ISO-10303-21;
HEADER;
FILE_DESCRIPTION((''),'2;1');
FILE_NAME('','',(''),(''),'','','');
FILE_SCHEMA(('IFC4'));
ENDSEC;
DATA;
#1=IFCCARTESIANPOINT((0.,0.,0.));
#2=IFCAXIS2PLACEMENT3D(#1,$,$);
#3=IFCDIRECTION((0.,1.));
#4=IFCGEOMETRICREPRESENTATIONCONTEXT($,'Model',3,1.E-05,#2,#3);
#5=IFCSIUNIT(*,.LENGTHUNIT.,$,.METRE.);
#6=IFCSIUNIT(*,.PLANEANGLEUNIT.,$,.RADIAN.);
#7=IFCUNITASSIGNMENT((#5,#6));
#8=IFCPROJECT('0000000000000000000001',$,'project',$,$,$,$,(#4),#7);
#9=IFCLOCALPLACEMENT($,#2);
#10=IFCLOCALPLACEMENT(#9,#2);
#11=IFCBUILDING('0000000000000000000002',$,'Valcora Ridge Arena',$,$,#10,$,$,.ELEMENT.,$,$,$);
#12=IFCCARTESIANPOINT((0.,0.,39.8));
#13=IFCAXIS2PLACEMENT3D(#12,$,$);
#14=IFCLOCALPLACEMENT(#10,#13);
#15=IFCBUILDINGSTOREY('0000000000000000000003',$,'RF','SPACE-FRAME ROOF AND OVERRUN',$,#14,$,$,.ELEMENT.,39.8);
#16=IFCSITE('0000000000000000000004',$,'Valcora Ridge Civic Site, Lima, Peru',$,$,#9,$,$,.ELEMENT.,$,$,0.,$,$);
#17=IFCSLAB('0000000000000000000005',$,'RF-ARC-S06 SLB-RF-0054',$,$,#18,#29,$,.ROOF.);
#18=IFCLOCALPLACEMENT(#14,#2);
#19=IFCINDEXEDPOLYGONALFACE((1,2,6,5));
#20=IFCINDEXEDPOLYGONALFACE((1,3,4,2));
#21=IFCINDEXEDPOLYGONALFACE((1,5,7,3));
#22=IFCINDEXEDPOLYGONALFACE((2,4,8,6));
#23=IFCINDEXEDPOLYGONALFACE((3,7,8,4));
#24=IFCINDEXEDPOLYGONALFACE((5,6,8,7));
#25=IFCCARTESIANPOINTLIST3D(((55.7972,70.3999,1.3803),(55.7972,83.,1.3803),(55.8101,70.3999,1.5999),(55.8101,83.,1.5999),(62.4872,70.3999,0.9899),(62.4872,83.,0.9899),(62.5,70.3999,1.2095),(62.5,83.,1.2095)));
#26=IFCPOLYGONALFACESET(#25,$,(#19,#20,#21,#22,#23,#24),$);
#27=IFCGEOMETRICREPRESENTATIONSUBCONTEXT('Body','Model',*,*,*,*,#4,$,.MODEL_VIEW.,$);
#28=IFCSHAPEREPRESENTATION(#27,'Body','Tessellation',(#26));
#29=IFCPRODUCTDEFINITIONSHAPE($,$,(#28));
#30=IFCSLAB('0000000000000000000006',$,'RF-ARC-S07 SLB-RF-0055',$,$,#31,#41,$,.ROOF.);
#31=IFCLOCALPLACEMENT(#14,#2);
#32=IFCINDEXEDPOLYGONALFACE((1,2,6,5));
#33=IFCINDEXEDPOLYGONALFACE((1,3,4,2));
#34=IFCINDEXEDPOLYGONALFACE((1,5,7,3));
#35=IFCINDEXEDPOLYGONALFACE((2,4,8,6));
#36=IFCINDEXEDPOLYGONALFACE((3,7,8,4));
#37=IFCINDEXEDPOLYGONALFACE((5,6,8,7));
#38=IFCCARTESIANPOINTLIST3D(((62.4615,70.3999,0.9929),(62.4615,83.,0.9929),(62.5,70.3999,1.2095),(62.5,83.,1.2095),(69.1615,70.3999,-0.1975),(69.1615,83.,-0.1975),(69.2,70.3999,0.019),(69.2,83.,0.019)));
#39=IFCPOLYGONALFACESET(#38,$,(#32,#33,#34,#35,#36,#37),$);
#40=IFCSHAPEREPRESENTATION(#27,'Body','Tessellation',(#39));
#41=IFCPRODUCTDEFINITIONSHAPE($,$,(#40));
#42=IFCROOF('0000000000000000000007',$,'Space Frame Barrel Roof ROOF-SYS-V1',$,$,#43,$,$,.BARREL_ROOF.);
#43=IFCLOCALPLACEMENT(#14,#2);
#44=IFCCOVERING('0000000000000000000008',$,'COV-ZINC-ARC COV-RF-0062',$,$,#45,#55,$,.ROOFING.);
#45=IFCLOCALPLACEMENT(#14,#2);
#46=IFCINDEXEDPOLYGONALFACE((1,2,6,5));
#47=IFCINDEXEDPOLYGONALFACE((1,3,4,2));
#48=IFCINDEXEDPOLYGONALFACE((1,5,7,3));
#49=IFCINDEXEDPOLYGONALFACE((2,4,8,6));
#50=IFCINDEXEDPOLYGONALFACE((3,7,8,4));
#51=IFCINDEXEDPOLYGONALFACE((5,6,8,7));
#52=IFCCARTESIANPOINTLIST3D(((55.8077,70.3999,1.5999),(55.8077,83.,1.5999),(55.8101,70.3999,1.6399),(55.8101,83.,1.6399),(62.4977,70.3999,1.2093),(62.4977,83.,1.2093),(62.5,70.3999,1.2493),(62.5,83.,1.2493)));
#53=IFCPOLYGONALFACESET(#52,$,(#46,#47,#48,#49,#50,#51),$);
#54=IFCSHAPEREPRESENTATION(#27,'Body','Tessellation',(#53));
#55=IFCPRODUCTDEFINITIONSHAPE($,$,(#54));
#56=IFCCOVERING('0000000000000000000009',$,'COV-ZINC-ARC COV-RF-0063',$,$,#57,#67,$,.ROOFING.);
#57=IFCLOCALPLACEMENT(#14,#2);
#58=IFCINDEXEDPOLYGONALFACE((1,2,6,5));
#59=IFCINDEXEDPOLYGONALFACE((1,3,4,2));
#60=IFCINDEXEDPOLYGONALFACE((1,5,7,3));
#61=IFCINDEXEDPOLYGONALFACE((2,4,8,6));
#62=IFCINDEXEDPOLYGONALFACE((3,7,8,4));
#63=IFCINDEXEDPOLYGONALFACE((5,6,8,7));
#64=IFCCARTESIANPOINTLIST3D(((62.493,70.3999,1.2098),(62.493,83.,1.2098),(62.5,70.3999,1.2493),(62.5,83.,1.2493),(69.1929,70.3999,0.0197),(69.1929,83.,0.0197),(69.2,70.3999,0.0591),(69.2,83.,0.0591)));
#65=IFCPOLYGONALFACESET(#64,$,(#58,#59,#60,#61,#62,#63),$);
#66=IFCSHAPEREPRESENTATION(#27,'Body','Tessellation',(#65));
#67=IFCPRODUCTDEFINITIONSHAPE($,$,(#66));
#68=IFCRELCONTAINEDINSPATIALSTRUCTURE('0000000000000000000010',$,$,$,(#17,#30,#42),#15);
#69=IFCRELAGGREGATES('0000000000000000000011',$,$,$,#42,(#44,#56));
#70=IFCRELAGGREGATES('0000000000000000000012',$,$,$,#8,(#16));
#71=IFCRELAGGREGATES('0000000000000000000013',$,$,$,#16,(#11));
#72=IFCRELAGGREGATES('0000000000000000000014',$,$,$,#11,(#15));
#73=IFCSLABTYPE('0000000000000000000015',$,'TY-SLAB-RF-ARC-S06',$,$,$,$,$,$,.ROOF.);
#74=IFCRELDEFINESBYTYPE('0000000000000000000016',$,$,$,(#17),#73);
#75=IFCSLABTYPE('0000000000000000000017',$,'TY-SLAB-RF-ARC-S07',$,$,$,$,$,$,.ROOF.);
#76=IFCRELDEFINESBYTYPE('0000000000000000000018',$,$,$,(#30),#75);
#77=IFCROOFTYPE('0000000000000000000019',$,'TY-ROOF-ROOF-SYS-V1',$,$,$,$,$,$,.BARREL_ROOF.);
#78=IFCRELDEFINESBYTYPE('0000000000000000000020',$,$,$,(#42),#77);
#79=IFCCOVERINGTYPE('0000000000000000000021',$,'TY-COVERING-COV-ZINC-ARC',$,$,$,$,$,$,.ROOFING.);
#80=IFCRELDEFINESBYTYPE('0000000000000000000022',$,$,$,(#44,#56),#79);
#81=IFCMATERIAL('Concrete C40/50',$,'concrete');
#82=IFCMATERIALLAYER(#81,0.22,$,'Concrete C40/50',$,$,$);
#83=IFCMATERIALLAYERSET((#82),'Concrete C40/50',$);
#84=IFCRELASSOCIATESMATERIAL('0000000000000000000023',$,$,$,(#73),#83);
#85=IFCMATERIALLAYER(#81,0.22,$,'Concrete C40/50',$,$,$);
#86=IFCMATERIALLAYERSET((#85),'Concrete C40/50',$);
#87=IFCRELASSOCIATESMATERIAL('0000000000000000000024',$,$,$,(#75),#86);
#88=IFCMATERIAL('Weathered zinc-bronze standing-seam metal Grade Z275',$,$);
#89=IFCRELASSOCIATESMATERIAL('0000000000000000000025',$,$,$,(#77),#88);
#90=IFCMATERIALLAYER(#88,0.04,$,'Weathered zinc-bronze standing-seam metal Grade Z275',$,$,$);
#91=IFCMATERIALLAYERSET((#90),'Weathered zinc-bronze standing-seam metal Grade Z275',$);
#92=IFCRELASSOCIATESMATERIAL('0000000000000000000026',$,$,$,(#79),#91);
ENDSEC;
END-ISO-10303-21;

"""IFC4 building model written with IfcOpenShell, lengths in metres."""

from ifc_helpers import new_model, si_unit, direction, frame, origin, place, context, subcontext, project, spatial, polyline, outline, extrude, material, layer, layer_set, type_object, element, aggregate, save


model = new_model("IFC4")

# Units and contexts
model_context = context("Model", 3, precision=1e-05, world=origin(), true_north=direction((0.0, 1.0)))
body_context = subcontext(model_context, "Body", "Model", "MODEL_VIEW")
ifc_project = project(units=[si_unit("LENGTHUNIT", "METRE"), si_unit("PLANEANGLEUNIT", "RADIAN")], contexts=[model_context])

# Site, building, storey
site_placement = place(None, origin())
site = spatial("IfcSite", under=ifc_project, at=site_placement, Name="Valcora Ridge Civic Site, Lima, Peru", CompositionType="ELEMENT", RefElevation=0.0)
building_placement = place(site_placement, origin())
building = spatial("IfcBuilding", under=site, at=building_placement, Name="Valcora Ridge Arena", CompositionType="ELEMENT")
storey_placement = place(building_placement, frame((0.0, 0.0, 39.8)))
storey = spatial("IfcBuildingStorey", under=building, at=storey_placement, Name="RF", Description="SPACE-FRAME ROOF AND OVERRUN", CompositionType="ELEMENT", Elevation=39.8)

# Slabs
ifc_material_1 = material(Name="Concrete C40/50", Category="concrete")
ifc_layer_1 = layer(ifc_material_1, 0.22, Name="Concrete C40/50")
ifc_layer_set_1 = layer_set([ifc_layer_1], Name="Concrete C40/50")
slab_type_1 = type_object("IfcSlabType", Name="TY-SLAB-RF-ARC-S06", PredefinedType="ROOF", material=ifc_layer_set_1)
slab_1_placement = place(storey_placement, frame((55.8101, 70.3999, 1.5999), z_axis=(0.058254, 0.0, 0.998302), x_axis=(0.998302, 0.0, -0.058254)))
element("IfcSlab", 1, at=slab_1_placement, inside=storey, type_object=slab_type_1, Name="RF-ARC-S06 SLB-RF-0054", PredefinedType="ROOF", context=body_context, shape_type="SweptSolid", body=[
    extrude(outline(polyline([(0.0, 0.0), (6.7013, 0.0), (6.7013, 12.6001), (0.0, 12.6001), (0.0, 0.0)])), origin(), (0.0, 0.0, -1.0), 0.22),
])
ifc_layer_2 = layer(ifc_material_1, 0.22, Name="Concrete C40/50")
ifc_layer_set_2 = layer_set([ifc_layer_2], Name="Concrete C40/50")
slab_type_2 = type_object("IfcSlabType", Name="TY-SLAB-RF-ARC-S07", PredefinedType="ROOF", material=ifc_layer_set_2)
slab_2_placement = place(storey_placement, frame((62.5, 70.3999, 1.2095), z_axis=(0.174938, 0.0, 0.98458), x_axis=(0.98458, 0.0, -0.174938)))
element("IfcSlab", 2, at=slab_2_placement, inside=storey, type_object=slab_type_2, Name="RF-ARC-S07 SLB-RF-0055", PredefinedType="ROOF", context=body_context, shape_type="SweptSolid", body=[
    extrude(outline(polyline([(0.0, 0.0), (6.8049, 0.0), (6.8049, 12.6001), (0.0, 12.6001), (0.0, 0.0)])), origin(), (0.0, 0.0, -1.0), 0.22),
])

# Roof, coverings
ifc_material_2 = material(Name="Weathered zinc-bronze standing-seam metal Grade Z275")
roof_type = type_object("IfcRoofType", Name="TY-ROOF-ROOF-SYS-V1", PredefinedType="BARREL_ROOF", material=ifc_material_2)
roof_placement = place(storey_placement, origin())
roof = element("IfcRoof", 3, at=roof_placement, inside=storey, type_object=roof_type, Name="Space Frame Barrel Roof ROOF-SYS-V1", PredefinedType="BARREL_ROOF")
ifc_layer_3 = layer(ifc_material_2, 0.04, Name="Weathered zinc-bronze standing-seam metal Grade Z275")
ifc_layer_set_3 = layer_set([ifc_layer_3], Name="Weathered zinc-bronze standing-seam metal Grade Z275")
covering_type = type_object("IfcCoveringType", Name="TY-COVERING-COV-ZINC-ARC", PredefinedType="ROOFING", material=ifc_layer_set_3)
covering_1_placement = place(storey_placement, frame((55.8101, 70.3999, 1.6399), z_axis=(0.058291, 0.0, 0.9983), x_axis=(0.9983, 0.0, -0.058291)))
covering_1 = element("IfcCovering", 4, at=covering_1_placement, type_object=covering_type, Name="COV-ZINC-ARC COV-RF-0062", PredefinedType="ROOFING", context=body_context, shape_type="SweptSolid", body=[
    extrude(outline(polyline([(0.0, 0.0), (6.7013, 0.0), (6.7013, 12.6001), (0.0, 12.6001), (0.0, 0.0)])), origin(), (0.0, 0.0, -1.0), 0.04),
])
covering_2_placement = place(storey_placement, frame((62.5, 70.3999, 1.2493), z_axis=(0.174903, 0.0, 0.984586), x_axis=(0.984586, 0.0, -0.174903)))
covering_2 = element("IfcCovering", 5, at=covering_2_placement, type_object=covering_type, Name="COV-ZINC-ARC COV-RF-0063", PredefinedType="ROOFING", context=body_context, shape_type="SweptSolid", body=[
    extrude(outline(polyline([(0.0, 0.0), (6.8048, 0.0), (6.8048, 12.6001), (0.0, 12.6001), (0.0, 0.0)])), origin(), (0.0, 0.0, -1.0), 0.04),
])
aggregate(roof, [covering_1, covering_2])

save(model, "model.ifc")
